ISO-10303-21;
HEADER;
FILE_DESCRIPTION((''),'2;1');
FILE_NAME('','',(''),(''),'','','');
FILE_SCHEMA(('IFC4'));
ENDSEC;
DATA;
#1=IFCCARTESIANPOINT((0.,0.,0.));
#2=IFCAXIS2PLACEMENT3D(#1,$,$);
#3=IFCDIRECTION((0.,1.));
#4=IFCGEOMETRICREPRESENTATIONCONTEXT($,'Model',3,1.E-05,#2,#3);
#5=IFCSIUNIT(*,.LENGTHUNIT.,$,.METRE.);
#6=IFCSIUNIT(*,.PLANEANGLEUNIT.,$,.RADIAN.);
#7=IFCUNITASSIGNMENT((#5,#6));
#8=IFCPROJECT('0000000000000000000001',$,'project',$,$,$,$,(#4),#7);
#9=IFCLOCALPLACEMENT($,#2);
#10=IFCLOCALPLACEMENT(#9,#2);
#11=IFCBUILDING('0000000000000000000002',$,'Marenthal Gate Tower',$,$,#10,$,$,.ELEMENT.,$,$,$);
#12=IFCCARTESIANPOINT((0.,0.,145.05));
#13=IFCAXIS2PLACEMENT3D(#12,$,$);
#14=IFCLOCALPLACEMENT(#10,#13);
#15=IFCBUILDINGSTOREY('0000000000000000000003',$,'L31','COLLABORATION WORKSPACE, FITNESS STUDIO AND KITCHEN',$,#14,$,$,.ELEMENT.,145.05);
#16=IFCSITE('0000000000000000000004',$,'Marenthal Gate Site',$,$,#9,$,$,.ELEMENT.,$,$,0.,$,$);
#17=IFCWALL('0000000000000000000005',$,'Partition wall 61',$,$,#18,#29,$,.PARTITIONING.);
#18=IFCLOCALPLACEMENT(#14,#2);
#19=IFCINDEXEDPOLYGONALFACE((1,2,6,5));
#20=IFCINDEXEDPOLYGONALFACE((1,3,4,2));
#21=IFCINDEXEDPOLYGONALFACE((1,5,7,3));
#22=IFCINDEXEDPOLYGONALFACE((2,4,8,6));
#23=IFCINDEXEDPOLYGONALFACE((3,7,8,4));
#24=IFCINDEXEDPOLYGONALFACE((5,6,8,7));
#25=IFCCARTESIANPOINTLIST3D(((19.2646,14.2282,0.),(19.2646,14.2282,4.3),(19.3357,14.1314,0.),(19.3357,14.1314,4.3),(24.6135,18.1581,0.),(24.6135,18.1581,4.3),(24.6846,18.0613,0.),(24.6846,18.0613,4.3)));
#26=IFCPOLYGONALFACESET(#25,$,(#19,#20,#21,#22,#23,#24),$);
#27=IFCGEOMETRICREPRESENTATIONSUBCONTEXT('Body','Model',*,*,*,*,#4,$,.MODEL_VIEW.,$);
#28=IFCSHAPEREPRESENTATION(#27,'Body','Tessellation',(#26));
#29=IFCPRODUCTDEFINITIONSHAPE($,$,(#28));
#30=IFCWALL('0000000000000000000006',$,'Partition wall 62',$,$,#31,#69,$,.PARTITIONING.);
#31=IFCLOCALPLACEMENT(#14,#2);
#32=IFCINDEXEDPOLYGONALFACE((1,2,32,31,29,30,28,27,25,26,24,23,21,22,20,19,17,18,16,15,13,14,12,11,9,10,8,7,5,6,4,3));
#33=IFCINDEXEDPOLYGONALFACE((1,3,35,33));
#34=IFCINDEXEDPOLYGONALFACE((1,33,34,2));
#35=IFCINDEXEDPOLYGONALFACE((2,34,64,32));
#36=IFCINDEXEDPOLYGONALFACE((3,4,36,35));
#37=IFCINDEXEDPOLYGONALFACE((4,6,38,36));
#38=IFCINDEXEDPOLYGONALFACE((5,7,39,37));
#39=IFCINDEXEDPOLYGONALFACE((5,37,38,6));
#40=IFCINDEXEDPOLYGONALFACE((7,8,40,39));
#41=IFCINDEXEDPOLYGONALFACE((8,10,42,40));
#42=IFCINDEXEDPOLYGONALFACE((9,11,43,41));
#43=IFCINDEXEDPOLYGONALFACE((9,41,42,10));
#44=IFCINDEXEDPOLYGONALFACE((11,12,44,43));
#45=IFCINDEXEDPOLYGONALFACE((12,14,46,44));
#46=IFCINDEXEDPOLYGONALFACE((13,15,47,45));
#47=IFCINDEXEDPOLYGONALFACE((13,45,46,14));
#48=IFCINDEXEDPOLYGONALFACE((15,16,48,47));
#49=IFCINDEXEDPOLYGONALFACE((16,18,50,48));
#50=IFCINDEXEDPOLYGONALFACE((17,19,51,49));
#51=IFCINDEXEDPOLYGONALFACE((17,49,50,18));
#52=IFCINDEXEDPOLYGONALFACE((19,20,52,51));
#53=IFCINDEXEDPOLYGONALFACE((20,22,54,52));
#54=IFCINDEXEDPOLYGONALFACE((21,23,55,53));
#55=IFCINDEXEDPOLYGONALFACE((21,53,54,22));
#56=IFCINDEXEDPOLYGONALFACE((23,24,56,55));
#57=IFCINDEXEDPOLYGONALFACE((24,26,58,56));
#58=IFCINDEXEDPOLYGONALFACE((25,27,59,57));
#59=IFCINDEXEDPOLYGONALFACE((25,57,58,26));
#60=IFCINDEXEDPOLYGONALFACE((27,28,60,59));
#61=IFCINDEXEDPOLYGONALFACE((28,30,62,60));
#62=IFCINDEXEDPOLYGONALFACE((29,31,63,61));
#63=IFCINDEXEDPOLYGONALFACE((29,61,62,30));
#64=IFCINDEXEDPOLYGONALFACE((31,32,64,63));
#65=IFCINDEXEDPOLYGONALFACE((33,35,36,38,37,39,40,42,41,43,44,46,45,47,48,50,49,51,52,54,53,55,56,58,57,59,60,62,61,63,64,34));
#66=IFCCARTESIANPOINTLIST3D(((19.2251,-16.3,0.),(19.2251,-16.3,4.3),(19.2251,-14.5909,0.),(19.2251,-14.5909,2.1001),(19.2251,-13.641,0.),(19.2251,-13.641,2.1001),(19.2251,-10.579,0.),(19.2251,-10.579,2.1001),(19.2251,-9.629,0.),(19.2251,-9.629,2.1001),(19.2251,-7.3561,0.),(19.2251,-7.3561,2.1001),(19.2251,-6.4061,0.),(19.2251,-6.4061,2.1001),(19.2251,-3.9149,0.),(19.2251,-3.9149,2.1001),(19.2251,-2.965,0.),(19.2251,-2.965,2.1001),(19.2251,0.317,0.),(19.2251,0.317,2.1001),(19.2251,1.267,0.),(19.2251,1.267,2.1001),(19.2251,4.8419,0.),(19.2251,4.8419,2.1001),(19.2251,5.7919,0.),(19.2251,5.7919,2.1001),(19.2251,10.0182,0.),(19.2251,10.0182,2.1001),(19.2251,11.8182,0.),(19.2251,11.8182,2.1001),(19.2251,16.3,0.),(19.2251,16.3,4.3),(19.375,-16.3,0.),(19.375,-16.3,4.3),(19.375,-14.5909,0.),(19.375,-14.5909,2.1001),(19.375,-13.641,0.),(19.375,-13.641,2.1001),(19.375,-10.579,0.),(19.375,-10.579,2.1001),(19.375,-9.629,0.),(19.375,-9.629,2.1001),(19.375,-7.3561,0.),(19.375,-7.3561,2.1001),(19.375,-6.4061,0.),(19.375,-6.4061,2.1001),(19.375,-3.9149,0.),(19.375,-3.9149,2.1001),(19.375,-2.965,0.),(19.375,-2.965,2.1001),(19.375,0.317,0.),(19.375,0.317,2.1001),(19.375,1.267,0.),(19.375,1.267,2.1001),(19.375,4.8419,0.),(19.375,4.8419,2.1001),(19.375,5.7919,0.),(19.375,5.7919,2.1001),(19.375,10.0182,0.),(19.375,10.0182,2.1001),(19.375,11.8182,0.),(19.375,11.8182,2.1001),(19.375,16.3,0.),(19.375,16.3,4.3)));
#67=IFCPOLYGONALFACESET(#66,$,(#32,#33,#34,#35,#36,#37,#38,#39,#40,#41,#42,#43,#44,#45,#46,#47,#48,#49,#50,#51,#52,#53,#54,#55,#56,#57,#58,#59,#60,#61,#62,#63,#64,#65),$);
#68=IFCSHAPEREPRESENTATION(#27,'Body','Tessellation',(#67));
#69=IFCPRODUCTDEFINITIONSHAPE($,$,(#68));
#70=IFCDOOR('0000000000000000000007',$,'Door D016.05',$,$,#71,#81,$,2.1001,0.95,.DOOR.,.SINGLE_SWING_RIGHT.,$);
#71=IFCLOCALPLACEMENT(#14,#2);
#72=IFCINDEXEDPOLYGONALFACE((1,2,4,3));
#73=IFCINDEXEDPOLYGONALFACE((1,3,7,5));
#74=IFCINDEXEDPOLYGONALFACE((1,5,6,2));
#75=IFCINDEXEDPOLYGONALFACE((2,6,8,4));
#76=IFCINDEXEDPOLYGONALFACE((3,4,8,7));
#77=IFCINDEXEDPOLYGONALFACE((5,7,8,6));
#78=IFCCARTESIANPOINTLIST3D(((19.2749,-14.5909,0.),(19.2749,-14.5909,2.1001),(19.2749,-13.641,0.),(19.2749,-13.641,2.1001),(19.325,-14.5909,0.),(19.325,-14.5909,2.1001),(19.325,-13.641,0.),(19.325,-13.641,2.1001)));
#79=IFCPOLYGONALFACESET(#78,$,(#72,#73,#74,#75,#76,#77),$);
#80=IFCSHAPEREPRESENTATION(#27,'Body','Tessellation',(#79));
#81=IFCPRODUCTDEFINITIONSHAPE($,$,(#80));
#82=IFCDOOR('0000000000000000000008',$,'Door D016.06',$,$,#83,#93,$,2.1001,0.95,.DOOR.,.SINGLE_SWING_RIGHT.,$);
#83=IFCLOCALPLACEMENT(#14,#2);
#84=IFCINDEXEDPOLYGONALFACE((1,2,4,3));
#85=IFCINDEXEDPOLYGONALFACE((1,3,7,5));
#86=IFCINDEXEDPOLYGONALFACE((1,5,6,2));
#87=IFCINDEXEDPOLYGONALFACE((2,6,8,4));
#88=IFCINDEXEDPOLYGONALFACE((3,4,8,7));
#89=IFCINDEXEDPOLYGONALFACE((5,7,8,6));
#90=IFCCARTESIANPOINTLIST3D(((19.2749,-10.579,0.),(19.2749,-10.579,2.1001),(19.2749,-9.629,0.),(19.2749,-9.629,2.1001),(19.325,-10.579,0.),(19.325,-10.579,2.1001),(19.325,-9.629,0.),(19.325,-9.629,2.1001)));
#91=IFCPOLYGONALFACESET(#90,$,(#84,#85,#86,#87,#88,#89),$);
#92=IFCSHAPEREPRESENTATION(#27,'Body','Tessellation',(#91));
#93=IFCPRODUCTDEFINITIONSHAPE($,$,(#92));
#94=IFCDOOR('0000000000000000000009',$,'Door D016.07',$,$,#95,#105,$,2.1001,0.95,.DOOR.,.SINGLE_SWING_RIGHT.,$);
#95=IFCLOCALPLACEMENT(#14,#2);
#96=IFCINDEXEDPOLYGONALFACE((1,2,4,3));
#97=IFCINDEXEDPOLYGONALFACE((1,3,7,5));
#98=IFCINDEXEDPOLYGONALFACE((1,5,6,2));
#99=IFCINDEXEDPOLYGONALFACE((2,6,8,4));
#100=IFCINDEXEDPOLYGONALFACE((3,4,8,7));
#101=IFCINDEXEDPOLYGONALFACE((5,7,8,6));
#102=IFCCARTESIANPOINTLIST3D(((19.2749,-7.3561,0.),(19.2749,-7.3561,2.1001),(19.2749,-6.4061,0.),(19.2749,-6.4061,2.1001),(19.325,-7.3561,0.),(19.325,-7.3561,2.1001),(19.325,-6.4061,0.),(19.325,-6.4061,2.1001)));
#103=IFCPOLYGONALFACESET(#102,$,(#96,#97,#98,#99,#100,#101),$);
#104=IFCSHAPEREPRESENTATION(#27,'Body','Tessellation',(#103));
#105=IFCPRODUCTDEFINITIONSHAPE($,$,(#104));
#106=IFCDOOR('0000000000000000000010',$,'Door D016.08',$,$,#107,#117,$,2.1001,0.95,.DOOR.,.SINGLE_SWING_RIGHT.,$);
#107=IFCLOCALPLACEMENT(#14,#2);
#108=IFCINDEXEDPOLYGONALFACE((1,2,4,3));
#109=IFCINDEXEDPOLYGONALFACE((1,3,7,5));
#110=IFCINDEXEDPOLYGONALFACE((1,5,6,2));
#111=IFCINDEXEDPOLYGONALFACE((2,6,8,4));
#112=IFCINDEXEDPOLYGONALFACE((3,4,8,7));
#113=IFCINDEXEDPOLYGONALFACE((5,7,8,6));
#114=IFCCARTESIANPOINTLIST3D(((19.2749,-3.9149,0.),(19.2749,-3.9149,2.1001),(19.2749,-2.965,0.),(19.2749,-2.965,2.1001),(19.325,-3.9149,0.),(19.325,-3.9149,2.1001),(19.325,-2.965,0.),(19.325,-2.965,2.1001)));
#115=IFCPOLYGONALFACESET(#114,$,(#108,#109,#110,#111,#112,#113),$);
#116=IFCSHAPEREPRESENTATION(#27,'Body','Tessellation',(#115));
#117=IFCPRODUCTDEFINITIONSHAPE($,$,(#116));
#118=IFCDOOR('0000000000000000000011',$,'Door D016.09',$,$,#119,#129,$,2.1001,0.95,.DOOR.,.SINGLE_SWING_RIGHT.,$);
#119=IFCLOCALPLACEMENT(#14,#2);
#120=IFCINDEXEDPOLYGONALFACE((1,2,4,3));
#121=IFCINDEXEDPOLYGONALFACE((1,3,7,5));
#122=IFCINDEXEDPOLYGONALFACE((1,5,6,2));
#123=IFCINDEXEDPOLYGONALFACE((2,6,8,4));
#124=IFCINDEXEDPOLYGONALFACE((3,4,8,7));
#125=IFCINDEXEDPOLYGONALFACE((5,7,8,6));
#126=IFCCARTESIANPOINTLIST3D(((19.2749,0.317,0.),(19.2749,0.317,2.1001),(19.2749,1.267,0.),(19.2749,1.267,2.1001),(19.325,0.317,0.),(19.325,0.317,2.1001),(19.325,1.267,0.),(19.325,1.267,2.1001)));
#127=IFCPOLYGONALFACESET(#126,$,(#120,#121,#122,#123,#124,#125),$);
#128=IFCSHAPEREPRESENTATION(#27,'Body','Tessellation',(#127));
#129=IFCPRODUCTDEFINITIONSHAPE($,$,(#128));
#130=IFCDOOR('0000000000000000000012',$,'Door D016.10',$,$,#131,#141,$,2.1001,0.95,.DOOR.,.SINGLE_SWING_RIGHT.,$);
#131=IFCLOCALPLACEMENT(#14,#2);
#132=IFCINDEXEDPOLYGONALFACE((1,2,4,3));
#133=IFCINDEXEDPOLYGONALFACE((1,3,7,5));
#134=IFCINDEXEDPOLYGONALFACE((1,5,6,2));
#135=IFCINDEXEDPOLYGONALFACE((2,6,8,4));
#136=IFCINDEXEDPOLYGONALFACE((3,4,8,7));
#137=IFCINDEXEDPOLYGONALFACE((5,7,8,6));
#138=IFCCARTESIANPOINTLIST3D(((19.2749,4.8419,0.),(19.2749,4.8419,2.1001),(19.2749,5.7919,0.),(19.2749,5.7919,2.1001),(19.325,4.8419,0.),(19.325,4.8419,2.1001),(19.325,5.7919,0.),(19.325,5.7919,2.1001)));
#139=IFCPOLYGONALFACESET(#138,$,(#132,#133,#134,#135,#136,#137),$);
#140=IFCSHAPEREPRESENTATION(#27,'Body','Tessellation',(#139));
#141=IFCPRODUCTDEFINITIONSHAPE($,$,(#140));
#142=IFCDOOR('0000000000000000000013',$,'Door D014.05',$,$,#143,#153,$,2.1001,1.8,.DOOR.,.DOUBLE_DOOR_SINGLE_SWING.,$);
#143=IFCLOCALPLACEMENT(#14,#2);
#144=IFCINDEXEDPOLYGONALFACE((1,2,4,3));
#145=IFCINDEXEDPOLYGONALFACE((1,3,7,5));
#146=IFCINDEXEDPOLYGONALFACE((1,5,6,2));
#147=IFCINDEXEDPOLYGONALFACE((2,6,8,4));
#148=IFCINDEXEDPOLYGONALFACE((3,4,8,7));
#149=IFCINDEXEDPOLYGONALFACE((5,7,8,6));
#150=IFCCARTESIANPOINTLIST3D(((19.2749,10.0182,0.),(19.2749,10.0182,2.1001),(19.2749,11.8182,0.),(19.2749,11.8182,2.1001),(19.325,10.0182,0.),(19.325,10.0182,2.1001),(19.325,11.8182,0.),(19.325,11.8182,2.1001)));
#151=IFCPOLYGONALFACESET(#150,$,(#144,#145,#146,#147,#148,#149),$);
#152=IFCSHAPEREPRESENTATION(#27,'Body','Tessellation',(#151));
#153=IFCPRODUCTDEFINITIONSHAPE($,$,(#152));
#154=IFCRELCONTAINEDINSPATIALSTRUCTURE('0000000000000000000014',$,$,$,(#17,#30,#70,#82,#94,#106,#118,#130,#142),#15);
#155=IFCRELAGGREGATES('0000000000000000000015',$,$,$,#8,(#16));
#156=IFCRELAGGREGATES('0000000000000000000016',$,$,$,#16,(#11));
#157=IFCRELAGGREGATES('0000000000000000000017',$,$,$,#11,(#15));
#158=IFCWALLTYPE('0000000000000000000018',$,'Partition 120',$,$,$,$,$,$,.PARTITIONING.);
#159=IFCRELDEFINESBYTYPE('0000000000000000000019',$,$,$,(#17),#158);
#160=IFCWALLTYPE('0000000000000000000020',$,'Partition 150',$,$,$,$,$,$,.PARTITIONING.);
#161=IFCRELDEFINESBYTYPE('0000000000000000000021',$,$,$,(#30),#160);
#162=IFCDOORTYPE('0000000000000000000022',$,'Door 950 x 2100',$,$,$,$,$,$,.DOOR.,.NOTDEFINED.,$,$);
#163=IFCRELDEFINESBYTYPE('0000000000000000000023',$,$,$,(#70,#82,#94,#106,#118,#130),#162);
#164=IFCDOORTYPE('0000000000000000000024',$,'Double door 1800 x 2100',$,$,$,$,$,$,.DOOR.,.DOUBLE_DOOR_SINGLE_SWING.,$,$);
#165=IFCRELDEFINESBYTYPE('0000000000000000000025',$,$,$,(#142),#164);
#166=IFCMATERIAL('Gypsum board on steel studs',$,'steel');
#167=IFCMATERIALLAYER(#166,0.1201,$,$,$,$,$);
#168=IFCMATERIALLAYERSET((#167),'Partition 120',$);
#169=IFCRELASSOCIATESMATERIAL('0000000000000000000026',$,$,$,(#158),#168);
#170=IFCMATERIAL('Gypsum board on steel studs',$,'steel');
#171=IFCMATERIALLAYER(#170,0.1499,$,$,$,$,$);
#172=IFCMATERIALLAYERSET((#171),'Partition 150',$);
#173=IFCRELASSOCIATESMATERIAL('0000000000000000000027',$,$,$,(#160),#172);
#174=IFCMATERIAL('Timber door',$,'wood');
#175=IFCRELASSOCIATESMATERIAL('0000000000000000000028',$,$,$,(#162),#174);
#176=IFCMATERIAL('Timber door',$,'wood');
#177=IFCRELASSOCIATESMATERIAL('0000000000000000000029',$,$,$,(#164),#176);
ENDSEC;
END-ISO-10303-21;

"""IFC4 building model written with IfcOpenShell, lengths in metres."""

from ifc_helpers import new_model, si_unit, direction, frame, frame_2d, origin, place, context, subcontext, project, spatial, rectangle, extrude, material, layer, layer_set, type_object, element, fill, save


model = new_model("IFC4")

# Units and contexts
model_context = context("Model", 3, precision=1e-05, world=origin(), true_north=direction((0.0, 1.0)))
body_context = subcontext(model_context, "Body", "Model", "MODEL_VIEW")
ifc_project = project(units=[si_unit("LENGTHUNIT", "METRE"), si_unit("PLANEANGLEUNIT", "RADIAN")], contexts=[model_context])

# Site, building, storey
site_placement = place(None, origin())
site = spatial("IfcSite", under=ifc_project, at=site_placement, Name="Marenthal Gate Site", CompositionType="ELEMENT", RefElevation=0.0)
building_placement = place(site_placement, origin())
building = spatial("IfcBuilding", under=site, at=building_placement, Name="Marenthal Gate Tower", CompositionType="ELEMENT")
storey_placement = place(building_placement, frame((0.0, 0.0, 145.05)))
storey = spatial("IfcBuildingStorey", under=building, at=storey_placement, Name="L31", Description="COLLABORATION WORKSPACE, FITNESS STUDIO AND KITCHEN", CompositionType="ELEMENT", Elevation=145.05)

# Wall
ifc_material_1 = material(Name="Gypsum board on steel studs", Category="steel")
ifc_layer_1 = layer(ifc_material_1, 0.1201)
ifc_layer_set_1 = layer_set([ifc_layer_1], Name="Partition 120")
wall_type_1 = type_object("IfcWallType", Name="Partition 120", PredefinedType="PARTITIONING", material=ifc_layer_set_1)
wall_1_placement = place(storey_placement, frame((19.3, 14.1797, 0.0), z_axis=(0.0, 0.0, 1.0), x_axis=(0.805871, 0.592091, 0.0)))
element("IfcWall", 1, at=wall_1_placement, inside=storey, type_object=wall_type_1, Name="Partition wall 61", PredefinedType="PARTITIONING", context=body_context, shape_type="SweptSolid", body=[
    extrude(rectangle(XDim=6.6375, YDim=0.1201, at=frame_2d((3.3188, 0.0))), origin(), (0.0, 0.0, 1.0), 4.3),
])

# Wall, openings, doors
ifc_material_2 = material(Name="Gypsum board on steel studs", Category="steel")
ifc_layer_2 = layer(ifc_material_2, 0.1499)
ifc_layer_set_2 = layer_set([ifc_layer_2], Name="Partition 150")
wall_type_2 = type_object("IfcWallType", Name="Partition 150", PredefinedType="PARTITIONING", material=ifc_layer_set_2)
wall_2_placement = place(storey_placement, frame((19.3, 16.3, 0.0), z_axis=(0.0, 0.0, 1.0), x_axis=(0.0, -1.0, 0.0)))
wall_2 = element("IfcWall", 2, at=wall_2_placement, inside=storey, type_object=wall_type_2, Name="Partition wall 62", PredefinedType="PARTITIONING", context=body_context, shape_type="SweptSolid", body=[
    extrude(rectangle(XDim=32.6001, YDim=0.1499, at=frame_2d((16.3, 0.0))), origin(), (0.0, 0.0, 1.0), 4.3),
])
opening_1_placement = place(wall_2_placement, frame((29.9409, 0.0, 0.0)))
opening_1 = element("IfcOpeningElement", 3, at=opening_1_placement, cuts=wall_2, PredefinedType="OPENING", context=body_context, shape_type="SweptSolid", body=[
    extrude(rectangle(XDim=0.95, YDim=2.1001, at=frame_2d((0.4751, 1.05))), frame((0.0, 0.085, 0.0), z_axis=(0.0, -1.0, 0.0), x_axis=(1.0, 0.0, 0.0)), (0.0, 0.0, 1.0), 0.1699),
])
opening_2_placement = place(wall_2_placement, frame((25.929, 0.0, 0.0)))
opening_2 = element("IfcOpeningElement", 4, at=opening_2_placement, cuts=wall_2, PredefinedType="OPENING", context=body_context, shape_type="SweptSolid", body=[
    extrude(rectangle(XDim=0.95, YDim=2.1001, at=frame_2d((0.4751, 1.05))), frame((0.0, 0.085, 0.0), z_axis=(0.0, -1.0, 0.0), x_axis=(1.0, 0.0, 0.0)), (0.0, 0.0, 1.0), 0.1699),
])
opening_3_placement = place(wall_2_placement, frame((22.7061, 0.0, 0.0)))
opening_3 = element("IfcOpeningElement", 5, at=opening_3_placement, cuts=wall_2, PredefinedType="OPENING", context=body_context, shape_type="SweptSolid", body=[
    extrude(rectangle(XDim=0.95, YDim=2.1001, at=frame_2d((0.4751, 1.05))), frame((0.0, 0.085, 0.0), z_axis=(0.0, -1.0, 0.0), x_axis=(1.0, 0.0, 0.0)), (0.0, 0.0, 1.0), 0.1699),
])
opening_4_placement = place(wall_2_placement, frame((19.2649, 0.0, 0.0)))
opening_4 = element("IfcOpeningElement", 6, at=opening_4_placement, cuts=wall_2, PredefinedType="OPENING", context=body_context, shape_type="SweptSolid", body=[
    extrude(rectangle(XDim=0.95, YDim=2.1001, at=frame_2d((0.4751, 1.05))), frame((0.0, 0.085, 0.0), z_axis=(0.0, -1.0, 0.0), x_axis=(1.0, 0.0, 0.0)), (0.0, 0.0, 1.0), 0.1699),
])
opening_5_placement = place(wall_2_placement, frame((15.033, 0.0, 0.0)))
opening_5 = element("IfcOpeningElement", 7, at=opening_5_placement, cuts=wall_2, PredefinedType="OPENING", context=body_context, shape_type="SweptSolid", body=[
    extrude(rectangle(XDim=0.95, YDim=2.1001, at=frame_2d((0.4751, 1.05))), frame((0.0, 0.085, 0.0), z_axis=(0.0, -1.0, 0.0), x_axis=(1.0, 0.0, 0.0)), (0.0, 0.0, 1.0), 0.1699),
])
opening_6_placement = place(wall_2_placement, frame((10.5081, 0.0, 0.0)))
opening_6 = element("IfcOpeningElement", 8, at=opening_6_placement, cuts=wall_2, PredefinedType="OPENING", context=body_context, shape_type="SweptSolid", body=[
    extrude(rectangle(XDim=0.95, YDim=2.1001, at=frame_2d((0.4751, 1.05))), frame((0.0, 0.085, 0.0), z_axis=(0.0, -1.0, 0.0), x_axis=(1.0, 0.0, 0.0)), (0.0, 0.0, 1.0), 0.1699),
])
opening_7_placement = place(wall_2_placement, frame((4.4819, 0.0, 0.0)))
opening_7 = element("IfcOpeningElement", 9, at=opening_7_placement, cuts=wall_2, PredefinedType="OPENING", context=body_context, shape_type="SweptSolid", body=[
    extrude(rectangle(XDim=1.8, YDim=2.1001, at=frame_2d((0.8999, 1.05))), frame((0.0, 0.085, 0.0), z_axis=(0.0, -1.0, 0.0), x_axis=(1.0, 0.0, 0.0)), (0.0, 0.0, 1.0), 0.1699),
])
ifc_material_3 = material(Name="Timber door", Category="wood")
door_type_1 = type_object("IfcDoorType", Name="Door 950 x 2100", OperationType="NOTDEFINED", PredefinedType="DOOR", material=ifc_material_3)
door_1_placement = place(opening_1_placement, origin())
door_1 = element("IfcDoor", 10, at=door_1_placement, inside=storey, type_object=door_type_1, Name="Door D016.05", OperationType="SINGLE_SWING_RIGHT", OverallHeight=2.1001, OverallWidth=0.95, PredefinedType="DOOR", context=body_context, shape_type="SweptSolid", body=[
    extrude(rectangle(XDim=0.95, YDim=2.1001, at=frame_2d((0.4751, 1.05))), frame((0.0, 0.0249, 0.0), z_axis=(0.0, -1.0, 0.0), x_axis=(1.0, 0.0, 0.0)), (0.0, 0.0, 1.0), 0.05),
])
fill(opening_1, door_1)
door_2_placement = place(opening_2_placement, origin())
door_2 = element("IfcDoor", 11, at=door_2_placement, inside=storey, type_object=door_type_1, Name="Door D016.06", OperationType="SINGLE_SWING_RIGHT", OverallHeight=2.1001, OverallWidth=0.95, PredefinedType="DOOR", context=body_context, shape_type="SweptSolid", body=[
    extrude(rectangle(XDim=0.95, YDim=2.1001, at=frame_2d((0.4751, 1.05))), frame((0.0, 0.0249, 0.0), z_axis=(0.0, -1.0, 0.0), x_axis=(1.0, 0.0, 0.0)), (0.0, 0.0, 1.0), 0.05),
])
fill(opening_2, door_2)
door_3_placement = place(opening_3_placement, origin())
door_3 = element("IfcDoor", 12, at=door_3_placement, inside=storey, type_object=door_type_1, Name="Door D016.07", OperationType="SINGLE_SWING_RIGHT", OverallHeight=2.1001, OverallWidth=0.95, PredefinedType="DOOR", context=body_context, shape_type="SweptSolid", body=[
    extrude(rectangle(XDim=0.95, YDim=2.1001, at=frame_2d((0.4751, 1.05))), frame((0.0, 0.0249, 0.0), z_axis=(0.0, -1.0, 0.0), x_axis=(1.0, 0.0, 0.0)), (0.0, 0.0, 1.0), 0.05),
])
fill(opening_3, door_3)
door_4_placement = place(opening_4_placement, origin())
door_4 = element("IfcDoor", 13, at=door_4_placement, inside=storey, type_object=door_type_1, Name="Door D016.08", OperationType="SINGLE_SWING_RIGHT", OverallHeight=2.1001, OverallWidth=0.95, PredefinedType="DOOR", context=body_context, shape_type="SweptSolid", body=[
    extrude(rectangle(XDim=0.95, YDim=2.1001, at=frame_2d((0.4751, 1.05))), frame((0.0, 0.0249, 0.0), z_axis=(0.0, -1.0, 0.0), x_axis=(1.0, 0.0, 0.0)), (0.0, 0.0, 1.0), 0.05),
])
fill(opening_4, door_4)
door_5_placement = place(opening_5_placement, origin())
door_5 = element("IfcDoor", 14, at=door_5_placement, inside=storey, type_object=door_type_1, Name="Door D016.09", OperationType="SINGLE_SWING_RIGHT", OverallHeight=2.1001, OverallWidth=0.95, PredefinedType="DOOR", context=body_context, shape_type="SweptSolid", body=[
    extrude(rectangle(XDim=0.95, YDim=2.1001, at=frame_2d((0.4751, 1.05))), frame((0.0, 0.0249, 0.0), z_axis=(0.0, -1.0, 0.0), x_axis=(1.0, 0.0, 0.0)), (0.0, 0.0, 1.0), 0.05),
])
fill(opening_5, door_5)
door_6_placement = place(opening_6_placement, origin())
door_6 = element("IfcDoor", 15, at=door_6_placement, inside=storey, type_object=door_type_1, Name="Door D016.10", OperationType="SINGLE_SWING_RIGHT", OverallHeight=2.1001, OverallWidth=0.95, PredefinedType="DOOR", context=body_context, shape_type="SweptSolid", body=[
    extrude(rectangle(XDim=0.95, YDim=2.1001, at=frame_2d((0.4751, 1.05))), frame((0.0, 0.0249, 0.0), z_axis=(0.0, -1.0, 0.0), x_axis=(1.0, 0.0, 0.0)), (0.0, 0.0, 1.0), 0.05),
])
fill(opening_6, door_6)
ifc_material_4 = material(Name="Timber door", Category="wood")
door_type_2 = type_object("IfcDoorType", Name="Double door 1800 x 2100", OperationType="DOUBLE_DOOR_SINGLE_SWING", PredefinedType="DOOR", material=ifc_material_4)
door_7_placement = place(opening_7_placement, origin())
door_7 = element("IfcDoor", 16, at=door_7_placement, inside=storey, type_object=door_type_2, Name="Door D014.05", OperationType="DOUBLE_DOOR_SINGLE_SWING", OverallHeight=2.1001, OverallWidth=1.8, PredefinedType="DOOR", context=body_context, shape_type="SweptSolid", body=[
    extrude(rectangle(XDim=1.8, YDim=2.1001, at=frame_2d((0.8999, 1.05))), frame((0.0, 0.0249, 0.0), z_axis=(0.0, -1.0, 0.0), x_axis=(1.0, 0.0, 0.0)), (0.0, 0.0, 1.0), 0.05),
])
fill(opening_7, door_7)

save(model, "model.ifc")
